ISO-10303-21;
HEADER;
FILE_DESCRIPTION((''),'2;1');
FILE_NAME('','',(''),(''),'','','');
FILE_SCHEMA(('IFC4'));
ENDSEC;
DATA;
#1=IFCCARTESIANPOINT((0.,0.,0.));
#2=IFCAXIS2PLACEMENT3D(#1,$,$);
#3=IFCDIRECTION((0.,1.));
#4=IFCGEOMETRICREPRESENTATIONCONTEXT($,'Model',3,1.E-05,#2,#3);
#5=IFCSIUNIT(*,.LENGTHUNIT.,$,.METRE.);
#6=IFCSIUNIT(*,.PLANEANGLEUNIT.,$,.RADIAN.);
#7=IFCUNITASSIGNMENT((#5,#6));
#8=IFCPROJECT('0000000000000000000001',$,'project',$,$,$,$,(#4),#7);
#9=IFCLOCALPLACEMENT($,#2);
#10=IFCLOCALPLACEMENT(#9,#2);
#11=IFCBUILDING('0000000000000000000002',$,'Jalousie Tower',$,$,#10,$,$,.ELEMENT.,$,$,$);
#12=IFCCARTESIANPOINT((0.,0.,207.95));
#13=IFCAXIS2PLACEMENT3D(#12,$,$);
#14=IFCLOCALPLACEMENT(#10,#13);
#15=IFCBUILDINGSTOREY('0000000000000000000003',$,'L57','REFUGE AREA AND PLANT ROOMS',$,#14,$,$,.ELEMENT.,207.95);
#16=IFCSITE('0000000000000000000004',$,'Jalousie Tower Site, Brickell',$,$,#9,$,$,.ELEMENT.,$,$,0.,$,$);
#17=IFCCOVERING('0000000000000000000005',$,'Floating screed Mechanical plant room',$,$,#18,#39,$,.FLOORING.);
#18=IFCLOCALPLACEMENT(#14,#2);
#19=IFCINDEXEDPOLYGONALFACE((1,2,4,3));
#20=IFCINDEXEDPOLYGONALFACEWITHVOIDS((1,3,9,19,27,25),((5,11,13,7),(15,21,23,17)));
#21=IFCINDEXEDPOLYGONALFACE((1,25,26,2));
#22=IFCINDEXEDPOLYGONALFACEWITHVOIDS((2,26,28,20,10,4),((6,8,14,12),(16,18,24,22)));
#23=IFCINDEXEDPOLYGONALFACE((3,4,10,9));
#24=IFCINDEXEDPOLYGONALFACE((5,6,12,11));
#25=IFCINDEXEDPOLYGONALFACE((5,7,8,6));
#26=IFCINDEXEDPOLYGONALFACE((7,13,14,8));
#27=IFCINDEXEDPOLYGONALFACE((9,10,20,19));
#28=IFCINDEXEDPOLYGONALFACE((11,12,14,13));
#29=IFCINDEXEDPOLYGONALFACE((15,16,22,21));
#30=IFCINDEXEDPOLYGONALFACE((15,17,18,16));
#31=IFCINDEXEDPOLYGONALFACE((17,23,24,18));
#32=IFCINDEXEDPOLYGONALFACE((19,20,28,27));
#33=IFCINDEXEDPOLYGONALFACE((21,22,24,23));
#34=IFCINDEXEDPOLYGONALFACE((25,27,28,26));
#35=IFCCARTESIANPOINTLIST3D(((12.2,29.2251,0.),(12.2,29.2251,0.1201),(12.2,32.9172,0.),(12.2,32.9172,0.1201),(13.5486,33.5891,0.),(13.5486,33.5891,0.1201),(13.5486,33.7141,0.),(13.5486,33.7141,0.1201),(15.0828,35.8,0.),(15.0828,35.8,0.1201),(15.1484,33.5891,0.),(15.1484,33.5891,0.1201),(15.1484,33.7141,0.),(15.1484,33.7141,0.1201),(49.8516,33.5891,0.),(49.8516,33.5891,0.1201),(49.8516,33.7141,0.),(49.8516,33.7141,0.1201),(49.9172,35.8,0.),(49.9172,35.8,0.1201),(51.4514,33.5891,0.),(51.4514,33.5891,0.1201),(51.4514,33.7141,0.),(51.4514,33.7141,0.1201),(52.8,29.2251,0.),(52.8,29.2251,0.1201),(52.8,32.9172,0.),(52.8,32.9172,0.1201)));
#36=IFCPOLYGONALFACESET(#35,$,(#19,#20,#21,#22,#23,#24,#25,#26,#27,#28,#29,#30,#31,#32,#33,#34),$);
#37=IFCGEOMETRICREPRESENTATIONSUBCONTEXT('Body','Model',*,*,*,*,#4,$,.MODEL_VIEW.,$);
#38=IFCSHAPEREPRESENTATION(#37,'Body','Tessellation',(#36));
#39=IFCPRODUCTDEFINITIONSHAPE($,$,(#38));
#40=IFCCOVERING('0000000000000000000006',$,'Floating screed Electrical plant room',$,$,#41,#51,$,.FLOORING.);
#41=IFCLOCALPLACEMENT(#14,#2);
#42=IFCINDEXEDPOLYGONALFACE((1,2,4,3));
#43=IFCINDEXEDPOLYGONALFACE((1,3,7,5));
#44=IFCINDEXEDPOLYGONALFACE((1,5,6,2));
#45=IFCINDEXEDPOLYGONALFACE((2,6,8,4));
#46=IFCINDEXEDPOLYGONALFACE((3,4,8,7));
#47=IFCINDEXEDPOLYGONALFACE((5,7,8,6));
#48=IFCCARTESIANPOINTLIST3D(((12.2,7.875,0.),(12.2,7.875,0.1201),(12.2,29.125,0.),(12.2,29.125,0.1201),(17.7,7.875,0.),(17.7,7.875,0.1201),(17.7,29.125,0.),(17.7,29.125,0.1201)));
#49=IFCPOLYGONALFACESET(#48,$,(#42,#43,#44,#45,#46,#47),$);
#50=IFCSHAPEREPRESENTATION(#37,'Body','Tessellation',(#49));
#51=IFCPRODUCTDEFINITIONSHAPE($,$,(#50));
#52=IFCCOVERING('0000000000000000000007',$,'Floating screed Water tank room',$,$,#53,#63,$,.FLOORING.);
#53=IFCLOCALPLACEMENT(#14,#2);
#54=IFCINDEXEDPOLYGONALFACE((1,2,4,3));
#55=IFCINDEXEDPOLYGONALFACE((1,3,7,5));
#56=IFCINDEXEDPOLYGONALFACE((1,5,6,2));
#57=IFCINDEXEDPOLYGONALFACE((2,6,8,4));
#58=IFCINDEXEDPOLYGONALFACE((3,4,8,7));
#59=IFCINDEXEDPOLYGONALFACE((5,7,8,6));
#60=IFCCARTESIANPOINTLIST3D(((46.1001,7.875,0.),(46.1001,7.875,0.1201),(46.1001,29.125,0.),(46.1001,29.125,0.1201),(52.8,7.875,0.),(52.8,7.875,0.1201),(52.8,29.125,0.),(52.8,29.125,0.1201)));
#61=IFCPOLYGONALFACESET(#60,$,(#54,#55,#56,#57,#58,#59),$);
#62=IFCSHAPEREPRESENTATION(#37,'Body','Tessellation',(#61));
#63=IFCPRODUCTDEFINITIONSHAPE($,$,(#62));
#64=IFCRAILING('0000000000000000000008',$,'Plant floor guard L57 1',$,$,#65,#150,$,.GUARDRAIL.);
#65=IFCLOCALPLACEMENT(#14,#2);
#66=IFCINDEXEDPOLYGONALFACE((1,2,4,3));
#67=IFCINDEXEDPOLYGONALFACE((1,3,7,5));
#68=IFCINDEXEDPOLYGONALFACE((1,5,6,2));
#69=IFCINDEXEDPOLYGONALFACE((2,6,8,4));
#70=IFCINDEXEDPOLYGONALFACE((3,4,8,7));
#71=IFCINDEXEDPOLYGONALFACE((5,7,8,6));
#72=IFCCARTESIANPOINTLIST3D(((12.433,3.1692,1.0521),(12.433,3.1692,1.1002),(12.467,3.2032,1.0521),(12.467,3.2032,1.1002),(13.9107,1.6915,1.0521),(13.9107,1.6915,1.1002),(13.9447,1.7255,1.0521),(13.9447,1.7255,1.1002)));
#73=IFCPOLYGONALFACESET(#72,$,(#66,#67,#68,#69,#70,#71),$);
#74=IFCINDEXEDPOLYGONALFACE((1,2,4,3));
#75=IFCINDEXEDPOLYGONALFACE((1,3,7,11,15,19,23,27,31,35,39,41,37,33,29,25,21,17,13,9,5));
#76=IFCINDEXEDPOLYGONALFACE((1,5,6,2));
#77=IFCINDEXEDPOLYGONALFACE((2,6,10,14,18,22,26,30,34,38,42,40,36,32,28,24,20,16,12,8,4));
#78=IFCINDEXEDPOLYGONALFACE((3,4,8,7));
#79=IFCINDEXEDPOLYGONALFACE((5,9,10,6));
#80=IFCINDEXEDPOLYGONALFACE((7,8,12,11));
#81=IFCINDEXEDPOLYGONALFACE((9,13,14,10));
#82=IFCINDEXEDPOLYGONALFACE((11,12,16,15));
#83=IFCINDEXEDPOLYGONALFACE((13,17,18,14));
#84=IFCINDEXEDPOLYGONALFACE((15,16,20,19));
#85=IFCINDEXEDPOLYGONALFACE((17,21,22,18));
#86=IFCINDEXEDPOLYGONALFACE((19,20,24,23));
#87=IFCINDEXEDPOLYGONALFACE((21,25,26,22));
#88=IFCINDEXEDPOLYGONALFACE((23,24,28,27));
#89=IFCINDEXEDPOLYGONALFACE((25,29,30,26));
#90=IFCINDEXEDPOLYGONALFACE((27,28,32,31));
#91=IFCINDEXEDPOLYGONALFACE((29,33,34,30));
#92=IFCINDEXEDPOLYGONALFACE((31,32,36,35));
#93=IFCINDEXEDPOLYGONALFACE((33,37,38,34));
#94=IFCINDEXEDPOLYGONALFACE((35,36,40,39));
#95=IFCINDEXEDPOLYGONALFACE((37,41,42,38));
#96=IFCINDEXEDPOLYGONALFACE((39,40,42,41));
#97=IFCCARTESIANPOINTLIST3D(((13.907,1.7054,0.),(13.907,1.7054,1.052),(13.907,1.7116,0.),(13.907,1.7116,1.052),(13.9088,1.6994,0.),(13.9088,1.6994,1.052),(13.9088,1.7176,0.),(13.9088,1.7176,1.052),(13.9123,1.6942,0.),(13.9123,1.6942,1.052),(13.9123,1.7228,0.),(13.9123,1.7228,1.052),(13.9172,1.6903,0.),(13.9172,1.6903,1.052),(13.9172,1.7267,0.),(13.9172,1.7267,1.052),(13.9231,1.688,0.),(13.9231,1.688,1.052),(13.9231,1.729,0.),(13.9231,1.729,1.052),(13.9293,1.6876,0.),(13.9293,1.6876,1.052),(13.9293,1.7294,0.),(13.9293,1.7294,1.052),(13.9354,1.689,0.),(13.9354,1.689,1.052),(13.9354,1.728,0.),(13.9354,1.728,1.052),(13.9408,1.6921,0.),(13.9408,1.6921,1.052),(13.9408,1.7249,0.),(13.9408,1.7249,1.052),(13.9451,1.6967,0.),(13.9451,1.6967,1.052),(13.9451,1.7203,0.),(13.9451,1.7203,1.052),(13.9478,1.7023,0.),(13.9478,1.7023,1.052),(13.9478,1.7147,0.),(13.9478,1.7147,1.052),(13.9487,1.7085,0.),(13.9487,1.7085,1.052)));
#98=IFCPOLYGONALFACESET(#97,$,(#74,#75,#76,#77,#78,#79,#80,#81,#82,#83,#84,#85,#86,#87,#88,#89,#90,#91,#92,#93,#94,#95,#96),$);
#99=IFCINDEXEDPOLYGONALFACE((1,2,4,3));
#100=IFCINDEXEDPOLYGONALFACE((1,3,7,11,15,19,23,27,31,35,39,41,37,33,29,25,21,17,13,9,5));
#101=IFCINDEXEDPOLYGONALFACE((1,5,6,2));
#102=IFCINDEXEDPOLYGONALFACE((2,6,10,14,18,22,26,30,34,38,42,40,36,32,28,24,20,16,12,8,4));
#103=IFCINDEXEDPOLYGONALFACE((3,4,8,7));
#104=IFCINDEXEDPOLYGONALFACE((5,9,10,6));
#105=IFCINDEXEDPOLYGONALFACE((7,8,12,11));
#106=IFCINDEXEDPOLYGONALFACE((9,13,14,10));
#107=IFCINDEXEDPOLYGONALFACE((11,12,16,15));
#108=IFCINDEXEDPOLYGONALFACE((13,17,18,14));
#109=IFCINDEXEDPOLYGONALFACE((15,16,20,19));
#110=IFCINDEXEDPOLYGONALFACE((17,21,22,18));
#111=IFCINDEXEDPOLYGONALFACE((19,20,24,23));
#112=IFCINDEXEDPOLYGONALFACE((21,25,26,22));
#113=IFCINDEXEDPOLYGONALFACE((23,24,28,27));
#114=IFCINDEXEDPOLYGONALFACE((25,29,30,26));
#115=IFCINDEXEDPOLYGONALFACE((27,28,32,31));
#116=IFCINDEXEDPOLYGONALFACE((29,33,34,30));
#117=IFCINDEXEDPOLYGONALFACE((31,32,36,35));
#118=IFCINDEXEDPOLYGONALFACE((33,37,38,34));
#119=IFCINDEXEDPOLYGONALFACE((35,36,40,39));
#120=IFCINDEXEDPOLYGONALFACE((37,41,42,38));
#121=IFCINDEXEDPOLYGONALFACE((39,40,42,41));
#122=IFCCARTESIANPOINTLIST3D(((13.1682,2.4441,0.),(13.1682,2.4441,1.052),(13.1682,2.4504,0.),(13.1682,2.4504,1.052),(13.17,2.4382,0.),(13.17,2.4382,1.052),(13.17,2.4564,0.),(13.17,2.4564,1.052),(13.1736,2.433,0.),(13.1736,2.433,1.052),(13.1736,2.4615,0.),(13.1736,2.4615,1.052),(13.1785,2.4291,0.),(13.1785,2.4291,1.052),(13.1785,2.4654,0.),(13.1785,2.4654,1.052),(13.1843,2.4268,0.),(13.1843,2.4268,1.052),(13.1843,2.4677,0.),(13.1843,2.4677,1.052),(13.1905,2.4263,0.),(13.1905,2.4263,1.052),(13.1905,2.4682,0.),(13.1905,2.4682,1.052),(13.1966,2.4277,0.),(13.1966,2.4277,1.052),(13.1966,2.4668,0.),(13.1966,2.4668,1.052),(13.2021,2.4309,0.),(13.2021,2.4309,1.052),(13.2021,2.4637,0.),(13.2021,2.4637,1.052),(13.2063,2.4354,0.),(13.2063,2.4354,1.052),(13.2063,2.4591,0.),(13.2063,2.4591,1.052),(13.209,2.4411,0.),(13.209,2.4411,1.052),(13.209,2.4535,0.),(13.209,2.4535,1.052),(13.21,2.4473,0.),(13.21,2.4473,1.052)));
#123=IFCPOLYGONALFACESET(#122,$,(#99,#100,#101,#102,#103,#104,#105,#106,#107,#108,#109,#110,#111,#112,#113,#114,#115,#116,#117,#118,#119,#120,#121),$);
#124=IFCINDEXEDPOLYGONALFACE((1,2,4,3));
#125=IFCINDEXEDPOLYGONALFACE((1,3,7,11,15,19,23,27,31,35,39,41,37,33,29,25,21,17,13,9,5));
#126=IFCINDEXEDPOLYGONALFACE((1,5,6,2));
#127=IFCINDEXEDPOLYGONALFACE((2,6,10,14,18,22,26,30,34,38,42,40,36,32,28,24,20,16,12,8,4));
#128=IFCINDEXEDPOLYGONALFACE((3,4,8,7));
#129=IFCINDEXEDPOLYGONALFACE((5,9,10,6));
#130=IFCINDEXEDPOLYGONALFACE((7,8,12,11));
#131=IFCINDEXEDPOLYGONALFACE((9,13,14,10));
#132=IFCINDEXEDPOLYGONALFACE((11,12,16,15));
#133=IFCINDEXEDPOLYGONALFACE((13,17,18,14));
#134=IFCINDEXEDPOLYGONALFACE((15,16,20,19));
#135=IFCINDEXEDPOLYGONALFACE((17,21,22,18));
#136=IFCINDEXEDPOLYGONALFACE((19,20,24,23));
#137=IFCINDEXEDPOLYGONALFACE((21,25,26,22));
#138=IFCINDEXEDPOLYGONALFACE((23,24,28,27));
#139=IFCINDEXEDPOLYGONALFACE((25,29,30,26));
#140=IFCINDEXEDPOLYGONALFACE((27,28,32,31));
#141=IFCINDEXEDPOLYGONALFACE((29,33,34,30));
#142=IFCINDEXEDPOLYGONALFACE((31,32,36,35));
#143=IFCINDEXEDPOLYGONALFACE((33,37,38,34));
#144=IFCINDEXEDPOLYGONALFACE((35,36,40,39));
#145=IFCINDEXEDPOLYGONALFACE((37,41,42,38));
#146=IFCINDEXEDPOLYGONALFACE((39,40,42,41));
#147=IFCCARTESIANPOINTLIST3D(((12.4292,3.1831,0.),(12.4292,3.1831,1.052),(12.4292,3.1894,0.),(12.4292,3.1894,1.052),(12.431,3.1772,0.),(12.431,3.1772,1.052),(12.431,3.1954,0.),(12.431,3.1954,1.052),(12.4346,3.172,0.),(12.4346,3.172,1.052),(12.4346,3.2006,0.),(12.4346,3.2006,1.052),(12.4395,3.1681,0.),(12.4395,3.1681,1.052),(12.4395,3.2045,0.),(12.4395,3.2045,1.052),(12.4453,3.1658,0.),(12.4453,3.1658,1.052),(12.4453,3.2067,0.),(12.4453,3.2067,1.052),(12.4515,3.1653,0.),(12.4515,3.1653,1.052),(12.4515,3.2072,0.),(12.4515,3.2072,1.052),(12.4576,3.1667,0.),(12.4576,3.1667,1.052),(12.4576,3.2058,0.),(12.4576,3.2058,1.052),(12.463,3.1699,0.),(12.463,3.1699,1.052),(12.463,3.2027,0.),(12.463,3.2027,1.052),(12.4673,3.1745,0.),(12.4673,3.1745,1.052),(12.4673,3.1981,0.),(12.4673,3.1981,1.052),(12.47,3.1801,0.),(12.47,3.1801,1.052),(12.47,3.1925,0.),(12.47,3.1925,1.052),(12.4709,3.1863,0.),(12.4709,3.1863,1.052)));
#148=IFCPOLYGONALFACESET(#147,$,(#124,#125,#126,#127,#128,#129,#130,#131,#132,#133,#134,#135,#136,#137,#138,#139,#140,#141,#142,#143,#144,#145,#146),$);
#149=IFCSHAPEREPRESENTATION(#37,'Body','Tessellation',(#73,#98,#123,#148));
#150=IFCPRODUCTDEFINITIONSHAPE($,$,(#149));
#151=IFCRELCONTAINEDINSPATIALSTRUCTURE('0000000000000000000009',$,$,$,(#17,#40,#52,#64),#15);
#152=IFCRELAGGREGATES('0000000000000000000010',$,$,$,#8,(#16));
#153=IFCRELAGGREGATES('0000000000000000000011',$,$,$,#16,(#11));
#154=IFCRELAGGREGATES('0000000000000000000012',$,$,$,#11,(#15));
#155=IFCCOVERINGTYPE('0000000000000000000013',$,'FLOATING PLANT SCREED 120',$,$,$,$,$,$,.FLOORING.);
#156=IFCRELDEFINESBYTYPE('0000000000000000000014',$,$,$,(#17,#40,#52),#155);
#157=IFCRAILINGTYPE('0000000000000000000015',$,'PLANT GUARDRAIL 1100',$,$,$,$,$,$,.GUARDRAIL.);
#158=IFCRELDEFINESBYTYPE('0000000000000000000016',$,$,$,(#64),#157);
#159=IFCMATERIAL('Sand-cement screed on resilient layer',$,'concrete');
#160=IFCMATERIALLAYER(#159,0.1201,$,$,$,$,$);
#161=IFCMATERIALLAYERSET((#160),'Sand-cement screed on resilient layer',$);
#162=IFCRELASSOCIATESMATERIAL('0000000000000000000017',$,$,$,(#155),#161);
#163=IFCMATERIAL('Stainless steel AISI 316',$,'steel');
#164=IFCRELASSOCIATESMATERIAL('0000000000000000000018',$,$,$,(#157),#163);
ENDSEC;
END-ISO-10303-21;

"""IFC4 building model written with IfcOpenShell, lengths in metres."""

from ifc_helpers import new_model, si_unit, direction, frame, origin, origin_2d, place, context, subcontext, project, spatial, polyline, rectangle, circle, outline, extrude, material, layer, layer_set, type_object, element, save


model = new_model("IFC4")

# Units and contexts
model_context = context("Model", 3, precision=1e-05, world=origin(), true_north=direction((0.0, 1.0)))
body_context = subcontext(model_context, "Body", "Model", "MODEL_VIEW")
ifc_project = project(units=[si_unit("LENGTHUNIT", "METRE"), si_unit("PLANEANGLEUNIT", "RADIAN")], contexts=[model_context])

# Site, building, storey
site_placement = place(None, origin())
site = spatial("IfcSite", under=ifc_project, at=site_placement, Name="Jalousie Tower Site, Brickell", CompositionType="ELEMENT", RefElevation=0.0)
building_placement = place(site_placement, origin())
building = spatial("IfcBuilding", under=site, at=building_placement, Name="Jalousie Tower", CompositionType="ELEMENT")
storey_placement = place(building_placement, frame((0.0, 0.0, 207.95)))
storey = spatial("IfcBuildingStorey", under=building, at=storey_placement, Name="L57", Description="REFUGE AREA AND PLANT ROOMS", CompositionType="ELEMENT", Elevation=207.95)

# Coverings
ifc_material_1 = material(Name="Sand-cement screed on resilient layer", Category="concrete")
ifc_layer_1 = layer(ifc_material_1, 0.1201)
ifc_layer_set_1 = layer_set([ifc_layer_1], Name="Sand-cement screed on resilient layer")
covering_type = type_object("IfcCoveringType", Name="FLOATING PLANT SCREED 120", PredefinedType="FLOORING", material=ifc_layer_set_1)
covering_1_placement = place(storey_placement, origin())
element("IfcCovering", 1, at=covering_1_placement, inside=storey, type_object=covering_type, Name="Floating screed Mechanical plant room", PredefinedType="FLOORING", context=body_context, shape_type="SweptSolid", body=[
    extrude(outline(polyline([(12.2, 32.9172), (15.0828, 35.8), (49.9172, 35.8), (52.8, 32.9172), (52.8, 29.2251), (12.2, 29.2251), (12.2, 32.9172)]), holes=[polyline([(49.8516, 33.5891), (51.4514, 33.5891), (51.4514, 33.7141), (49.8516, 33.7141), (49.8516, 33.5891)]), polyline([(13.5486, 33.5891), (15.1484, 33.5891), (15.1484, 33.7141), (13.5486, 33.7141), (13.5486, 33.5891)])]), origin(), (0.0, 0.0, 1.0), 0.1201),
])
covering_2_placement = place(storey_placement, origin())
element("IfcCovering", 2, at=covering_2_placement, inside=storey, type_object=covering_type, Name="Floating screed Electrical plant room", PredefinedType="FLOORING", context=body_context, shape_type="SweptSolid", body=[
    extrude(outline(polyline([(17.7, 7.875), (12.2, 7.875), (12.2, 29.125), (17.7, 29.125), (17.7, 7.875)])), origin(), (0.0, 0.0, 1.0), 0.1201),
])
covering_3_placement = place(storey_placement, origin())
element("IfcCovering", 3, at=covering_3_placement, inside=storey, type_object=covering_type, Name="Floating screed Water tank room", PredefinedType="FLOORING", context=body_context, shape_type="SweptSolid", body=[
    extrude(outline(polyline([(52.8, 29.125), (52.8, 7.875), (46.1001, 7.875), (46.1001, 29.125), (52.8, 29.125)])), origin(), (0.0, 0.0, 1.0), 0.1201),
])

# Railing
ifc_material_2 = material(Name="Stainless steel AISI 316", Category="steel")
railing_type = type_object("IfcRailingType", Name="PLANT GUARDRAIL 1100", PredefinedType="GUARDRAIL", material=ifc_material_2)
railing_1_placement = place(storey_placement, frame((13.9277, 1.7085, 0.0)))
element("IfcRailing", 4, at=railing_1_placement, inside=storey, type_object=railing_type, Name="Plant floor guard L57 1", PredefinedType="GUARDRAIL", context=body_context, shape_type="SweptSolid", body=[
    extrude(rectangle(XDim=0.0481, YDim=0.0481, at=origin_2d()), frame((0.0, 0.0, 1.0762), z_axis=(-0.707107, 0.707107, 0.0), x_axis=(-0.707107, -0.707107, 0.0)), (0.0, 0.0, 1.0), 2.0898),
    extrude(circle(Radius=0.021, at=origin_2d()), origin(), (0.0, 0.0, 1.0), 1.052),
    extrude(circle(Radius=0.021, at=origin_2d()), frame((-0.7388, 0.7388, 0.0)), (0.0, 0.0, 1.0), 1.052),
    extrude(circle(Radius=0.021, at=origin_2d()), frame((-1.4778, 1.4778, 0.0)), (0.0, 0.0, 1.0), 1.052),
])

save(model, "model.ifc")
